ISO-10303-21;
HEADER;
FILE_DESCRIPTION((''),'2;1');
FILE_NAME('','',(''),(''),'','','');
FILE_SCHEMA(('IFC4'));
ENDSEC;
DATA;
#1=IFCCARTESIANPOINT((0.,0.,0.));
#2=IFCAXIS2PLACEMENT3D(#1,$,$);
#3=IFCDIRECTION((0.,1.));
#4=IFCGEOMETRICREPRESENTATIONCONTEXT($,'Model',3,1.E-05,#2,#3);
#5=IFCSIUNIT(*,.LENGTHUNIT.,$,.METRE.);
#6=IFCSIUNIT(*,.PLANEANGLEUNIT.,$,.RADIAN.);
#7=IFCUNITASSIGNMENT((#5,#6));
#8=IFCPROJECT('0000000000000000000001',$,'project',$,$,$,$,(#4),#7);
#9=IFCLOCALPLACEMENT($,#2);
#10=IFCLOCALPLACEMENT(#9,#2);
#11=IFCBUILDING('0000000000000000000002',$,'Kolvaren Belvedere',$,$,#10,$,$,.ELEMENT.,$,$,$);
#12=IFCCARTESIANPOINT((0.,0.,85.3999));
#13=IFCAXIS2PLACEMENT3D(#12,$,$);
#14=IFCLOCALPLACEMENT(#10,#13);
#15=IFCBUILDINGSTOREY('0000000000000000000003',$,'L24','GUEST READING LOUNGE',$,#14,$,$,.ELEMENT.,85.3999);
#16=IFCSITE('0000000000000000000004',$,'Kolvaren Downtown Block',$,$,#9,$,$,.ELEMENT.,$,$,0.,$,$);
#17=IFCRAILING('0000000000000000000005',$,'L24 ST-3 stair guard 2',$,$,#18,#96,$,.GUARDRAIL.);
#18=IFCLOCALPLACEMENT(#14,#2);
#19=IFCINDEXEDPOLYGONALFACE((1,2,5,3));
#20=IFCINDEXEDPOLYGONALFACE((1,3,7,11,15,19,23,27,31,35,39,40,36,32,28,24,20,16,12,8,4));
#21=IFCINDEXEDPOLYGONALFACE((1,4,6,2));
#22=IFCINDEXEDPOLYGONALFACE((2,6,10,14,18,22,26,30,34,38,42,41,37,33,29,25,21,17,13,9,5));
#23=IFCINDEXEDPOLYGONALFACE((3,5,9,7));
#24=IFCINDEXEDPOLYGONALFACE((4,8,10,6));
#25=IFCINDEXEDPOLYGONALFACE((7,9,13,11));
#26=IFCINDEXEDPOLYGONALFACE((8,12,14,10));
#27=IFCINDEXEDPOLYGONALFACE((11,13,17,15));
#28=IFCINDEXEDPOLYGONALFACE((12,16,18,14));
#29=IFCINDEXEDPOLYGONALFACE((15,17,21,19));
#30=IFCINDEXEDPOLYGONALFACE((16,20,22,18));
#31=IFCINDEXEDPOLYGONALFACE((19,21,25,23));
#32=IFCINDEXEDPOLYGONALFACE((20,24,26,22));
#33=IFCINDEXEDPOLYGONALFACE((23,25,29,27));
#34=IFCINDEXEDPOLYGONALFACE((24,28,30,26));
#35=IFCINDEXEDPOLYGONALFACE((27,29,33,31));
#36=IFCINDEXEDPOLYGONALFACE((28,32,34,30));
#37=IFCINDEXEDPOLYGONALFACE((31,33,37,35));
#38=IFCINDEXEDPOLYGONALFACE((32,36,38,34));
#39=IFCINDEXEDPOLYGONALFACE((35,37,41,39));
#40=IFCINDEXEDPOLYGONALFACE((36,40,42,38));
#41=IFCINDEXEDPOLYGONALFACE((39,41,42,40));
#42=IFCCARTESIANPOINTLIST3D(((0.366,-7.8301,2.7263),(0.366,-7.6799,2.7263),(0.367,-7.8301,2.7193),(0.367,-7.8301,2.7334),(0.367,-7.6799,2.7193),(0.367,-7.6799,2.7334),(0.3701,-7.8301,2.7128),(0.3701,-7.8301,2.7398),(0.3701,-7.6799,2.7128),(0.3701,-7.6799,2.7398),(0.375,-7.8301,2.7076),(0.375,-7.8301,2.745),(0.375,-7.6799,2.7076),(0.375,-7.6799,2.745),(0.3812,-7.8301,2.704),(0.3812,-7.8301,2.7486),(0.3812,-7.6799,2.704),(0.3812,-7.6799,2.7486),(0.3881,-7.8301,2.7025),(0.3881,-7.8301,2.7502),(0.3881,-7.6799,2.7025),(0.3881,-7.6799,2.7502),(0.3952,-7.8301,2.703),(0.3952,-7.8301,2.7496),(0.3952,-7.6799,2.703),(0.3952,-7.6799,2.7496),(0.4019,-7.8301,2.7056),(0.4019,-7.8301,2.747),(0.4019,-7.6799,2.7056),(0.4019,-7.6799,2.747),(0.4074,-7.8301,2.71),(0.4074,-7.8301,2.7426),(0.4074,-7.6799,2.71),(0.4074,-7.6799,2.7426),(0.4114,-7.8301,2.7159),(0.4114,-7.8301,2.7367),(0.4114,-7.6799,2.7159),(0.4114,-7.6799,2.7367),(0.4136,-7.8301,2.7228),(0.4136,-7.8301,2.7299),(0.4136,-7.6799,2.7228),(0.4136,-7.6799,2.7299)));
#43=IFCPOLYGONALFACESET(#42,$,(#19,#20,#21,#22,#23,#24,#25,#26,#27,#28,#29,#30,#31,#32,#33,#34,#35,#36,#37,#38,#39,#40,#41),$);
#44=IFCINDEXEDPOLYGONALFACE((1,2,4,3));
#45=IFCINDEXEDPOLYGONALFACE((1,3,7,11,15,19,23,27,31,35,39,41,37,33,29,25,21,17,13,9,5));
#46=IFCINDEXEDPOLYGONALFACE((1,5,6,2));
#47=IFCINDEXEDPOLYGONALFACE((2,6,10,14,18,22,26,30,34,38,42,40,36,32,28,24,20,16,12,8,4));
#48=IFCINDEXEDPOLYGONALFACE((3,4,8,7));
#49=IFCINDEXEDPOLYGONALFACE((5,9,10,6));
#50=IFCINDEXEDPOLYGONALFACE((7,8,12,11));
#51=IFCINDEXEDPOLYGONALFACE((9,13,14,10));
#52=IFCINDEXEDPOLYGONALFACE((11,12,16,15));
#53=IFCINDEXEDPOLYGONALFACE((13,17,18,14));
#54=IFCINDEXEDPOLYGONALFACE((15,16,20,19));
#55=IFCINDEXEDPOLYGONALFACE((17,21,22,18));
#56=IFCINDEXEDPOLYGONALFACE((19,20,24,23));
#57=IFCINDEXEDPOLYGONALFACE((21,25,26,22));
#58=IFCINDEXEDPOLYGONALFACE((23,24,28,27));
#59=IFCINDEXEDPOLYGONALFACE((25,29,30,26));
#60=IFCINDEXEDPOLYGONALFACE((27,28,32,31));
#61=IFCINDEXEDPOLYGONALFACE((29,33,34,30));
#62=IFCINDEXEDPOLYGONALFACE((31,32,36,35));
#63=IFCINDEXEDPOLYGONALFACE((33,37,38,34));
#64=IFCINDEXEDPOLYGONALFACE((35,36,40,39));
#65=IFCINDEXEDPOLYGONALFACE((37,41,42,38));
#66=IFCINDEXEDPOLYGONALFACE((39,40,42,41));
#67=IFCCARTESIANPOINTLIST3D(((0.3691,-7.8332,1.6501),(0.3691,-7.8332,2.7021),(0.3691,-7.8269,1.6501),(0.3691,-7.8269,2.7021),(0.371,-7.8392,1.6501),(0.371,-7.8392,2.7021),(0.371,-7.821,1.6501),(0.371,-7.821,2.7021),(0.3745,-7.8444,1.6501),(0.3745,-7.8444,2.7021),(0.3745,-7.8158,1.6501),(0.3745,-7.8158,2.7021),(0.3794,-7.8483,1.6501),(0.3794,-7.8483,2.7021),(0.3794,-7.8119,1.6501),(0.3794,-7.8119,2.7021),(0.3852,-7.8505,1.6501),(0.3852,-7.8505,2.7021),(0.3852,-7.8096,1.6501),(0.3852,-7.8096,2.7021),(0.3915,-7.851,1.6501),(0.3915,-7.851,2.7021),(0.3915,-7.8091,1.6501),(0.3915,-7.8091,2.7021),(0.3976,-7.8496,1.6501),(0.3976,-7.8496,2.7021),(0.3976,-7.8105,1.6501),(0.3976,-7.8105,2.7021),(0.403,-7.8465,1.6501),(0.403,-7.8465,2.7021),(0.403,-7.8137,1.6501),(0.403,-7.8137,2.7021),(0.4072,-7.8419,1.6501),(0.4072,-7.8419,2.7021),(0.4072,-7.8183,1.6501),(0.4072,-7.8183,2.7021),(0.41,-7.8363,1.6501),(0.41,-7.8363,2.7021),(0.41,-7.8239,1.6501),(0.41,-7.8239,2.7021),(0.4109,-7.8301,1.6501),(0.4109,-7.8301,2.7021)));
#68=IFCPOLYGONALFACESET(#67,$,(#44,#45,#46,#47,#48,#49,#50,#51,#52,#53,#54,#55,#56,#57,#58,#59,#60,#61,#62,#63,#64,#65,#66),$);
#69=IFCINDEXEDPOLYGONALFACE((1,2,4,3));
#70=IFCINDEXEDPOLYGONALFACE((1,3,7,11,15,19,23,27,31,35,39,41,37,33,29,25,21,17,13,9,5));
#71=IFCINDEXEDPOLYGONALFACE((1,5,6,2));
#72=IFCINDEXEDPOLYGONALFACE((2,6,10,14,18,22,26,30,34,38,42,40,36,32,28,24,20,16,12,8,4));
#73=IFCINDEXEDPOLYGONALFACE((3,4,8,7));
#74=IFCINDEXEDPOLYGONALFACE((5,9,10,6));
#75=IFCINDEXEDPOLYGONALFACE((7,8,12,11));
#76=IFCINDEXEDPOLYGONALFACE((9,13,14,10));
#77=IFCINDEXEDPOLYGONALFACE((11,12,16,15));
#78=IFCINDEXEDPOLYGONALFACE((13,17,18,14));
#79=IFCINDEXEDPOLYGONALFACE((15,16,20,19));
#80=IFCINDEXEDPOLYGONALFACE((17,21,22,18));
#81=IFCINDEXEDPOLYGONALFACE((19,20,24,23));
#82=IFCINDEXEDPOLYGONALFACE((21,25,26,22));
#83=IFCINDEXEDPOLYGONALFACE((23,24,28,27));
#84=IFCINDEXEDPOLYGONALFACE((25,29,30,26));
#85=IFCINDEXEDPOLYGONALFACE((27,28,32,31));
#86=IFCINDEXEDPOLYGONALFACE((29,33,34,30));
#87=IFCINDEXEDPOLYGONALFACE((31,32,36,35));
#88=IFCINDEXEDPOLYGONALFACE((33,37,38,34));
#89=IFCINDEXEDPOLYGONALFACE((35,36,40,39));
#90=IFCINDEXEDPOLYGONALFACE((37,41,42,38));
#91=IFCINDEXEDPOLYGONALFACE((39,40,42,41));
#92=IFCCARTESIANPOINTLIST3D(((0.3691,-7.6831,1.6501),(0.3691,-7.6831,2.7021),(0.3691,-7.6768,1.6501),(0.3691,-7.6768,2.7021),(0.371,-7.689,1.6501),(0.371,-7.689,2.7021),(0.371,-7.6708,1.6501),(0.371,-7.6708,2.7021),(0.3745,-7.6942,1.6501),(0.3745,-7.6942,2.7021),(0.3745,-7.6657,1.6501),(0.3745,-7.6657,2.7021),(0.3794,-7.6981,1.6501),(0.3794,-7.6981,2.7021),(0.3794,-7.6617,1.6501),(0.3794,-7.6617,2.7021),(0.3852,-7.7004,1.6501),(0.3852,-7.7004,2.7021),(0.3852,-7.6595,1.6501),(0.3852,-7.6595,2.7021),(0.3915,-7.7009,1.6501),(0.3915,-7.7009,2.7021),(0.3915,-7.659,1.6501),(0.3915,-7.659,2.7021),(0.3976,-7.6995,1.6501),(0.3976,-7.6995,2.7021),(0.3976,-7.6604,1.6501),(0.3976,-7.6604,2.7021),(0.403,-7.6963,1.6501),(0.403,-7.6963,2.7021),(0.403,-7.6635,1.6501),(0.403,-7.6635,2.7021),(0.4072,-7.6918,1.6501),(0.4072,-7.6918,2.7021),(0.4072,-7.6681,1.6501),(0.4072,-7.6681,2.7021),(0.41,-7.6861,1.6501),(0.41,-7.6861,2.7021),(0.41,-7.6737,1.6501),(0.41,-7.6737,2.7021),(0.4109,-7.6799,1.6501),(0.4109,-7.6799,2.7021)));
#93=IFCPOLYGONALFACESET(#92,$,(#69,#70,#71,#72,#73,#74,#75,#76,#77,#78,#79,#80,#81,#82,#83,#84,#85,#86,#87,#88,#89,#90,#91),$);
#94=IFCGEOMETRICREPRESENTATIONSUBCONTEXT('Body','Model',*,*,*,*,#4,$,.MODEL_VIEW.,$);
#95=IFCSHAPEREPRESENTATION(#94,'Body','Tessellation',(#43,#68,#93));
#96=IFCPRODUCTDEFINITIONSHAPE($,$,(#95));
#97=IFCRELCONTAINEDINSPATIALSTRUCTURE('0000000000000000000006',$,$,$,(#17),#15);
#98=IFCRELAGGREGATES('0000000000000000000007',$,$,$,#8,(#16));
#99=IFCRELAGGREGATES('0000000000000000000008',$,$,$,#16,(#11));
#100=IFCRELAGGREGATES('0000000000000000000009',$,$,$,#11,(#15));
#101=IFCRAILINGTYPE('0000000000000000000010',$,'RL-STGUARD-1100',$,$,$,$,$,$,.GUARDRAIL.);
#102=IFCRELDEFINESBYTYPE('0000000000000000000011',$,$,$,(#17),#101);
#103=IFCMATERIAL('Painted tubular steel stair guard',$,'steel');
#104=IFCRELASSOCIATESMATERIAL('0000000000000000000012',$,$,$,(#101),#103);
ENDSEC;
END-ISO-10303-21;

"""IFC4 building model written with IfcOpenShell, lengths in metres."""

from ifc_helpers import new_model, si_unit, direction, frame, origin, origin_2d, place, context, subcontext, project, spatial, circle, extrude, material, type_object, element, save


model = new_model("IFC4")

# Units and contexts
model_context = context("Model", 3, precision=1e-05, world=origin(), true_north=direction((0.0, 1.0)))
body_context = subcontext(model_context, "Body", "Model", "MODEL_VIEW")
ifc_project = project(units=[si_unit("LENGTHUNIT", "METRE"), si_unit("PLANEANGLEUNIT", "RADIAN")], contexts=[model_context])

# Site, building, storey
site_placement = place(None, origin())
site = spatial("IfcSite", under=ifc_project, at=site_placement, Name="Kolvaren Downtown Block", CompositionType="ELEMENT", RefElevation=0.0)
building_placement = place(site_placement, origin())
building = spatial("IfcBuilding", under=site, at=building_placement, Name="Kolvaren Belvedere", CompositionType="ELEMENT")
storey_placement = place(building_placement, frame((0.0, 0.0, 85.3999)))
storey = spatial("IfcBuildingStorey", under=building, at=storey_placement, Name="L24", Description="GUEST READING LOUNGE", CompositionType="ELEMENT", Elevation=85.3999)

# Railing
ifc_material_1 = material(Name="Painted tubular steel stair guard", Category="steel")
railing_type_1 = type_object("IfcRailingType", Name="RL-STGUARD-1100", PredefinedType="GUARDRAIL", material=ifc_material_1)
railing_1_placement = place(storey_placement, frame((0.3899, -7.8301, 1.6501)))
element("IfcRailing", 1, at=railing_1_placement, inside=storey, type_object=railing_type_1, Name="L24 ST-3 stair guard 2", PredefinedType="GUARDRAIL", context=body_context, shape_type="SweptSolid", body=[
    extrude(circle(Radius=0.0239, at=origin_2d()), frame((0.0, 0.0, 1.0762), z_axis=(0.0, 1.0, 0.0), x_axis=(-1.0, 0.0, 0.0)), (0.0, 0.0, 1.0), 0.1501),
    extrude(circle(Radius=0.021, at=origin_2d()), origin(), (0.0, 0.0, 1.0), 1.052),
    extrude(circle(Radius=0.021, at=origin_2d()), frame((0.0, 0.1501, 0.0)), (0.0, 0.0, 1.0), 1.052),
])

save(model, "model.ifc")
